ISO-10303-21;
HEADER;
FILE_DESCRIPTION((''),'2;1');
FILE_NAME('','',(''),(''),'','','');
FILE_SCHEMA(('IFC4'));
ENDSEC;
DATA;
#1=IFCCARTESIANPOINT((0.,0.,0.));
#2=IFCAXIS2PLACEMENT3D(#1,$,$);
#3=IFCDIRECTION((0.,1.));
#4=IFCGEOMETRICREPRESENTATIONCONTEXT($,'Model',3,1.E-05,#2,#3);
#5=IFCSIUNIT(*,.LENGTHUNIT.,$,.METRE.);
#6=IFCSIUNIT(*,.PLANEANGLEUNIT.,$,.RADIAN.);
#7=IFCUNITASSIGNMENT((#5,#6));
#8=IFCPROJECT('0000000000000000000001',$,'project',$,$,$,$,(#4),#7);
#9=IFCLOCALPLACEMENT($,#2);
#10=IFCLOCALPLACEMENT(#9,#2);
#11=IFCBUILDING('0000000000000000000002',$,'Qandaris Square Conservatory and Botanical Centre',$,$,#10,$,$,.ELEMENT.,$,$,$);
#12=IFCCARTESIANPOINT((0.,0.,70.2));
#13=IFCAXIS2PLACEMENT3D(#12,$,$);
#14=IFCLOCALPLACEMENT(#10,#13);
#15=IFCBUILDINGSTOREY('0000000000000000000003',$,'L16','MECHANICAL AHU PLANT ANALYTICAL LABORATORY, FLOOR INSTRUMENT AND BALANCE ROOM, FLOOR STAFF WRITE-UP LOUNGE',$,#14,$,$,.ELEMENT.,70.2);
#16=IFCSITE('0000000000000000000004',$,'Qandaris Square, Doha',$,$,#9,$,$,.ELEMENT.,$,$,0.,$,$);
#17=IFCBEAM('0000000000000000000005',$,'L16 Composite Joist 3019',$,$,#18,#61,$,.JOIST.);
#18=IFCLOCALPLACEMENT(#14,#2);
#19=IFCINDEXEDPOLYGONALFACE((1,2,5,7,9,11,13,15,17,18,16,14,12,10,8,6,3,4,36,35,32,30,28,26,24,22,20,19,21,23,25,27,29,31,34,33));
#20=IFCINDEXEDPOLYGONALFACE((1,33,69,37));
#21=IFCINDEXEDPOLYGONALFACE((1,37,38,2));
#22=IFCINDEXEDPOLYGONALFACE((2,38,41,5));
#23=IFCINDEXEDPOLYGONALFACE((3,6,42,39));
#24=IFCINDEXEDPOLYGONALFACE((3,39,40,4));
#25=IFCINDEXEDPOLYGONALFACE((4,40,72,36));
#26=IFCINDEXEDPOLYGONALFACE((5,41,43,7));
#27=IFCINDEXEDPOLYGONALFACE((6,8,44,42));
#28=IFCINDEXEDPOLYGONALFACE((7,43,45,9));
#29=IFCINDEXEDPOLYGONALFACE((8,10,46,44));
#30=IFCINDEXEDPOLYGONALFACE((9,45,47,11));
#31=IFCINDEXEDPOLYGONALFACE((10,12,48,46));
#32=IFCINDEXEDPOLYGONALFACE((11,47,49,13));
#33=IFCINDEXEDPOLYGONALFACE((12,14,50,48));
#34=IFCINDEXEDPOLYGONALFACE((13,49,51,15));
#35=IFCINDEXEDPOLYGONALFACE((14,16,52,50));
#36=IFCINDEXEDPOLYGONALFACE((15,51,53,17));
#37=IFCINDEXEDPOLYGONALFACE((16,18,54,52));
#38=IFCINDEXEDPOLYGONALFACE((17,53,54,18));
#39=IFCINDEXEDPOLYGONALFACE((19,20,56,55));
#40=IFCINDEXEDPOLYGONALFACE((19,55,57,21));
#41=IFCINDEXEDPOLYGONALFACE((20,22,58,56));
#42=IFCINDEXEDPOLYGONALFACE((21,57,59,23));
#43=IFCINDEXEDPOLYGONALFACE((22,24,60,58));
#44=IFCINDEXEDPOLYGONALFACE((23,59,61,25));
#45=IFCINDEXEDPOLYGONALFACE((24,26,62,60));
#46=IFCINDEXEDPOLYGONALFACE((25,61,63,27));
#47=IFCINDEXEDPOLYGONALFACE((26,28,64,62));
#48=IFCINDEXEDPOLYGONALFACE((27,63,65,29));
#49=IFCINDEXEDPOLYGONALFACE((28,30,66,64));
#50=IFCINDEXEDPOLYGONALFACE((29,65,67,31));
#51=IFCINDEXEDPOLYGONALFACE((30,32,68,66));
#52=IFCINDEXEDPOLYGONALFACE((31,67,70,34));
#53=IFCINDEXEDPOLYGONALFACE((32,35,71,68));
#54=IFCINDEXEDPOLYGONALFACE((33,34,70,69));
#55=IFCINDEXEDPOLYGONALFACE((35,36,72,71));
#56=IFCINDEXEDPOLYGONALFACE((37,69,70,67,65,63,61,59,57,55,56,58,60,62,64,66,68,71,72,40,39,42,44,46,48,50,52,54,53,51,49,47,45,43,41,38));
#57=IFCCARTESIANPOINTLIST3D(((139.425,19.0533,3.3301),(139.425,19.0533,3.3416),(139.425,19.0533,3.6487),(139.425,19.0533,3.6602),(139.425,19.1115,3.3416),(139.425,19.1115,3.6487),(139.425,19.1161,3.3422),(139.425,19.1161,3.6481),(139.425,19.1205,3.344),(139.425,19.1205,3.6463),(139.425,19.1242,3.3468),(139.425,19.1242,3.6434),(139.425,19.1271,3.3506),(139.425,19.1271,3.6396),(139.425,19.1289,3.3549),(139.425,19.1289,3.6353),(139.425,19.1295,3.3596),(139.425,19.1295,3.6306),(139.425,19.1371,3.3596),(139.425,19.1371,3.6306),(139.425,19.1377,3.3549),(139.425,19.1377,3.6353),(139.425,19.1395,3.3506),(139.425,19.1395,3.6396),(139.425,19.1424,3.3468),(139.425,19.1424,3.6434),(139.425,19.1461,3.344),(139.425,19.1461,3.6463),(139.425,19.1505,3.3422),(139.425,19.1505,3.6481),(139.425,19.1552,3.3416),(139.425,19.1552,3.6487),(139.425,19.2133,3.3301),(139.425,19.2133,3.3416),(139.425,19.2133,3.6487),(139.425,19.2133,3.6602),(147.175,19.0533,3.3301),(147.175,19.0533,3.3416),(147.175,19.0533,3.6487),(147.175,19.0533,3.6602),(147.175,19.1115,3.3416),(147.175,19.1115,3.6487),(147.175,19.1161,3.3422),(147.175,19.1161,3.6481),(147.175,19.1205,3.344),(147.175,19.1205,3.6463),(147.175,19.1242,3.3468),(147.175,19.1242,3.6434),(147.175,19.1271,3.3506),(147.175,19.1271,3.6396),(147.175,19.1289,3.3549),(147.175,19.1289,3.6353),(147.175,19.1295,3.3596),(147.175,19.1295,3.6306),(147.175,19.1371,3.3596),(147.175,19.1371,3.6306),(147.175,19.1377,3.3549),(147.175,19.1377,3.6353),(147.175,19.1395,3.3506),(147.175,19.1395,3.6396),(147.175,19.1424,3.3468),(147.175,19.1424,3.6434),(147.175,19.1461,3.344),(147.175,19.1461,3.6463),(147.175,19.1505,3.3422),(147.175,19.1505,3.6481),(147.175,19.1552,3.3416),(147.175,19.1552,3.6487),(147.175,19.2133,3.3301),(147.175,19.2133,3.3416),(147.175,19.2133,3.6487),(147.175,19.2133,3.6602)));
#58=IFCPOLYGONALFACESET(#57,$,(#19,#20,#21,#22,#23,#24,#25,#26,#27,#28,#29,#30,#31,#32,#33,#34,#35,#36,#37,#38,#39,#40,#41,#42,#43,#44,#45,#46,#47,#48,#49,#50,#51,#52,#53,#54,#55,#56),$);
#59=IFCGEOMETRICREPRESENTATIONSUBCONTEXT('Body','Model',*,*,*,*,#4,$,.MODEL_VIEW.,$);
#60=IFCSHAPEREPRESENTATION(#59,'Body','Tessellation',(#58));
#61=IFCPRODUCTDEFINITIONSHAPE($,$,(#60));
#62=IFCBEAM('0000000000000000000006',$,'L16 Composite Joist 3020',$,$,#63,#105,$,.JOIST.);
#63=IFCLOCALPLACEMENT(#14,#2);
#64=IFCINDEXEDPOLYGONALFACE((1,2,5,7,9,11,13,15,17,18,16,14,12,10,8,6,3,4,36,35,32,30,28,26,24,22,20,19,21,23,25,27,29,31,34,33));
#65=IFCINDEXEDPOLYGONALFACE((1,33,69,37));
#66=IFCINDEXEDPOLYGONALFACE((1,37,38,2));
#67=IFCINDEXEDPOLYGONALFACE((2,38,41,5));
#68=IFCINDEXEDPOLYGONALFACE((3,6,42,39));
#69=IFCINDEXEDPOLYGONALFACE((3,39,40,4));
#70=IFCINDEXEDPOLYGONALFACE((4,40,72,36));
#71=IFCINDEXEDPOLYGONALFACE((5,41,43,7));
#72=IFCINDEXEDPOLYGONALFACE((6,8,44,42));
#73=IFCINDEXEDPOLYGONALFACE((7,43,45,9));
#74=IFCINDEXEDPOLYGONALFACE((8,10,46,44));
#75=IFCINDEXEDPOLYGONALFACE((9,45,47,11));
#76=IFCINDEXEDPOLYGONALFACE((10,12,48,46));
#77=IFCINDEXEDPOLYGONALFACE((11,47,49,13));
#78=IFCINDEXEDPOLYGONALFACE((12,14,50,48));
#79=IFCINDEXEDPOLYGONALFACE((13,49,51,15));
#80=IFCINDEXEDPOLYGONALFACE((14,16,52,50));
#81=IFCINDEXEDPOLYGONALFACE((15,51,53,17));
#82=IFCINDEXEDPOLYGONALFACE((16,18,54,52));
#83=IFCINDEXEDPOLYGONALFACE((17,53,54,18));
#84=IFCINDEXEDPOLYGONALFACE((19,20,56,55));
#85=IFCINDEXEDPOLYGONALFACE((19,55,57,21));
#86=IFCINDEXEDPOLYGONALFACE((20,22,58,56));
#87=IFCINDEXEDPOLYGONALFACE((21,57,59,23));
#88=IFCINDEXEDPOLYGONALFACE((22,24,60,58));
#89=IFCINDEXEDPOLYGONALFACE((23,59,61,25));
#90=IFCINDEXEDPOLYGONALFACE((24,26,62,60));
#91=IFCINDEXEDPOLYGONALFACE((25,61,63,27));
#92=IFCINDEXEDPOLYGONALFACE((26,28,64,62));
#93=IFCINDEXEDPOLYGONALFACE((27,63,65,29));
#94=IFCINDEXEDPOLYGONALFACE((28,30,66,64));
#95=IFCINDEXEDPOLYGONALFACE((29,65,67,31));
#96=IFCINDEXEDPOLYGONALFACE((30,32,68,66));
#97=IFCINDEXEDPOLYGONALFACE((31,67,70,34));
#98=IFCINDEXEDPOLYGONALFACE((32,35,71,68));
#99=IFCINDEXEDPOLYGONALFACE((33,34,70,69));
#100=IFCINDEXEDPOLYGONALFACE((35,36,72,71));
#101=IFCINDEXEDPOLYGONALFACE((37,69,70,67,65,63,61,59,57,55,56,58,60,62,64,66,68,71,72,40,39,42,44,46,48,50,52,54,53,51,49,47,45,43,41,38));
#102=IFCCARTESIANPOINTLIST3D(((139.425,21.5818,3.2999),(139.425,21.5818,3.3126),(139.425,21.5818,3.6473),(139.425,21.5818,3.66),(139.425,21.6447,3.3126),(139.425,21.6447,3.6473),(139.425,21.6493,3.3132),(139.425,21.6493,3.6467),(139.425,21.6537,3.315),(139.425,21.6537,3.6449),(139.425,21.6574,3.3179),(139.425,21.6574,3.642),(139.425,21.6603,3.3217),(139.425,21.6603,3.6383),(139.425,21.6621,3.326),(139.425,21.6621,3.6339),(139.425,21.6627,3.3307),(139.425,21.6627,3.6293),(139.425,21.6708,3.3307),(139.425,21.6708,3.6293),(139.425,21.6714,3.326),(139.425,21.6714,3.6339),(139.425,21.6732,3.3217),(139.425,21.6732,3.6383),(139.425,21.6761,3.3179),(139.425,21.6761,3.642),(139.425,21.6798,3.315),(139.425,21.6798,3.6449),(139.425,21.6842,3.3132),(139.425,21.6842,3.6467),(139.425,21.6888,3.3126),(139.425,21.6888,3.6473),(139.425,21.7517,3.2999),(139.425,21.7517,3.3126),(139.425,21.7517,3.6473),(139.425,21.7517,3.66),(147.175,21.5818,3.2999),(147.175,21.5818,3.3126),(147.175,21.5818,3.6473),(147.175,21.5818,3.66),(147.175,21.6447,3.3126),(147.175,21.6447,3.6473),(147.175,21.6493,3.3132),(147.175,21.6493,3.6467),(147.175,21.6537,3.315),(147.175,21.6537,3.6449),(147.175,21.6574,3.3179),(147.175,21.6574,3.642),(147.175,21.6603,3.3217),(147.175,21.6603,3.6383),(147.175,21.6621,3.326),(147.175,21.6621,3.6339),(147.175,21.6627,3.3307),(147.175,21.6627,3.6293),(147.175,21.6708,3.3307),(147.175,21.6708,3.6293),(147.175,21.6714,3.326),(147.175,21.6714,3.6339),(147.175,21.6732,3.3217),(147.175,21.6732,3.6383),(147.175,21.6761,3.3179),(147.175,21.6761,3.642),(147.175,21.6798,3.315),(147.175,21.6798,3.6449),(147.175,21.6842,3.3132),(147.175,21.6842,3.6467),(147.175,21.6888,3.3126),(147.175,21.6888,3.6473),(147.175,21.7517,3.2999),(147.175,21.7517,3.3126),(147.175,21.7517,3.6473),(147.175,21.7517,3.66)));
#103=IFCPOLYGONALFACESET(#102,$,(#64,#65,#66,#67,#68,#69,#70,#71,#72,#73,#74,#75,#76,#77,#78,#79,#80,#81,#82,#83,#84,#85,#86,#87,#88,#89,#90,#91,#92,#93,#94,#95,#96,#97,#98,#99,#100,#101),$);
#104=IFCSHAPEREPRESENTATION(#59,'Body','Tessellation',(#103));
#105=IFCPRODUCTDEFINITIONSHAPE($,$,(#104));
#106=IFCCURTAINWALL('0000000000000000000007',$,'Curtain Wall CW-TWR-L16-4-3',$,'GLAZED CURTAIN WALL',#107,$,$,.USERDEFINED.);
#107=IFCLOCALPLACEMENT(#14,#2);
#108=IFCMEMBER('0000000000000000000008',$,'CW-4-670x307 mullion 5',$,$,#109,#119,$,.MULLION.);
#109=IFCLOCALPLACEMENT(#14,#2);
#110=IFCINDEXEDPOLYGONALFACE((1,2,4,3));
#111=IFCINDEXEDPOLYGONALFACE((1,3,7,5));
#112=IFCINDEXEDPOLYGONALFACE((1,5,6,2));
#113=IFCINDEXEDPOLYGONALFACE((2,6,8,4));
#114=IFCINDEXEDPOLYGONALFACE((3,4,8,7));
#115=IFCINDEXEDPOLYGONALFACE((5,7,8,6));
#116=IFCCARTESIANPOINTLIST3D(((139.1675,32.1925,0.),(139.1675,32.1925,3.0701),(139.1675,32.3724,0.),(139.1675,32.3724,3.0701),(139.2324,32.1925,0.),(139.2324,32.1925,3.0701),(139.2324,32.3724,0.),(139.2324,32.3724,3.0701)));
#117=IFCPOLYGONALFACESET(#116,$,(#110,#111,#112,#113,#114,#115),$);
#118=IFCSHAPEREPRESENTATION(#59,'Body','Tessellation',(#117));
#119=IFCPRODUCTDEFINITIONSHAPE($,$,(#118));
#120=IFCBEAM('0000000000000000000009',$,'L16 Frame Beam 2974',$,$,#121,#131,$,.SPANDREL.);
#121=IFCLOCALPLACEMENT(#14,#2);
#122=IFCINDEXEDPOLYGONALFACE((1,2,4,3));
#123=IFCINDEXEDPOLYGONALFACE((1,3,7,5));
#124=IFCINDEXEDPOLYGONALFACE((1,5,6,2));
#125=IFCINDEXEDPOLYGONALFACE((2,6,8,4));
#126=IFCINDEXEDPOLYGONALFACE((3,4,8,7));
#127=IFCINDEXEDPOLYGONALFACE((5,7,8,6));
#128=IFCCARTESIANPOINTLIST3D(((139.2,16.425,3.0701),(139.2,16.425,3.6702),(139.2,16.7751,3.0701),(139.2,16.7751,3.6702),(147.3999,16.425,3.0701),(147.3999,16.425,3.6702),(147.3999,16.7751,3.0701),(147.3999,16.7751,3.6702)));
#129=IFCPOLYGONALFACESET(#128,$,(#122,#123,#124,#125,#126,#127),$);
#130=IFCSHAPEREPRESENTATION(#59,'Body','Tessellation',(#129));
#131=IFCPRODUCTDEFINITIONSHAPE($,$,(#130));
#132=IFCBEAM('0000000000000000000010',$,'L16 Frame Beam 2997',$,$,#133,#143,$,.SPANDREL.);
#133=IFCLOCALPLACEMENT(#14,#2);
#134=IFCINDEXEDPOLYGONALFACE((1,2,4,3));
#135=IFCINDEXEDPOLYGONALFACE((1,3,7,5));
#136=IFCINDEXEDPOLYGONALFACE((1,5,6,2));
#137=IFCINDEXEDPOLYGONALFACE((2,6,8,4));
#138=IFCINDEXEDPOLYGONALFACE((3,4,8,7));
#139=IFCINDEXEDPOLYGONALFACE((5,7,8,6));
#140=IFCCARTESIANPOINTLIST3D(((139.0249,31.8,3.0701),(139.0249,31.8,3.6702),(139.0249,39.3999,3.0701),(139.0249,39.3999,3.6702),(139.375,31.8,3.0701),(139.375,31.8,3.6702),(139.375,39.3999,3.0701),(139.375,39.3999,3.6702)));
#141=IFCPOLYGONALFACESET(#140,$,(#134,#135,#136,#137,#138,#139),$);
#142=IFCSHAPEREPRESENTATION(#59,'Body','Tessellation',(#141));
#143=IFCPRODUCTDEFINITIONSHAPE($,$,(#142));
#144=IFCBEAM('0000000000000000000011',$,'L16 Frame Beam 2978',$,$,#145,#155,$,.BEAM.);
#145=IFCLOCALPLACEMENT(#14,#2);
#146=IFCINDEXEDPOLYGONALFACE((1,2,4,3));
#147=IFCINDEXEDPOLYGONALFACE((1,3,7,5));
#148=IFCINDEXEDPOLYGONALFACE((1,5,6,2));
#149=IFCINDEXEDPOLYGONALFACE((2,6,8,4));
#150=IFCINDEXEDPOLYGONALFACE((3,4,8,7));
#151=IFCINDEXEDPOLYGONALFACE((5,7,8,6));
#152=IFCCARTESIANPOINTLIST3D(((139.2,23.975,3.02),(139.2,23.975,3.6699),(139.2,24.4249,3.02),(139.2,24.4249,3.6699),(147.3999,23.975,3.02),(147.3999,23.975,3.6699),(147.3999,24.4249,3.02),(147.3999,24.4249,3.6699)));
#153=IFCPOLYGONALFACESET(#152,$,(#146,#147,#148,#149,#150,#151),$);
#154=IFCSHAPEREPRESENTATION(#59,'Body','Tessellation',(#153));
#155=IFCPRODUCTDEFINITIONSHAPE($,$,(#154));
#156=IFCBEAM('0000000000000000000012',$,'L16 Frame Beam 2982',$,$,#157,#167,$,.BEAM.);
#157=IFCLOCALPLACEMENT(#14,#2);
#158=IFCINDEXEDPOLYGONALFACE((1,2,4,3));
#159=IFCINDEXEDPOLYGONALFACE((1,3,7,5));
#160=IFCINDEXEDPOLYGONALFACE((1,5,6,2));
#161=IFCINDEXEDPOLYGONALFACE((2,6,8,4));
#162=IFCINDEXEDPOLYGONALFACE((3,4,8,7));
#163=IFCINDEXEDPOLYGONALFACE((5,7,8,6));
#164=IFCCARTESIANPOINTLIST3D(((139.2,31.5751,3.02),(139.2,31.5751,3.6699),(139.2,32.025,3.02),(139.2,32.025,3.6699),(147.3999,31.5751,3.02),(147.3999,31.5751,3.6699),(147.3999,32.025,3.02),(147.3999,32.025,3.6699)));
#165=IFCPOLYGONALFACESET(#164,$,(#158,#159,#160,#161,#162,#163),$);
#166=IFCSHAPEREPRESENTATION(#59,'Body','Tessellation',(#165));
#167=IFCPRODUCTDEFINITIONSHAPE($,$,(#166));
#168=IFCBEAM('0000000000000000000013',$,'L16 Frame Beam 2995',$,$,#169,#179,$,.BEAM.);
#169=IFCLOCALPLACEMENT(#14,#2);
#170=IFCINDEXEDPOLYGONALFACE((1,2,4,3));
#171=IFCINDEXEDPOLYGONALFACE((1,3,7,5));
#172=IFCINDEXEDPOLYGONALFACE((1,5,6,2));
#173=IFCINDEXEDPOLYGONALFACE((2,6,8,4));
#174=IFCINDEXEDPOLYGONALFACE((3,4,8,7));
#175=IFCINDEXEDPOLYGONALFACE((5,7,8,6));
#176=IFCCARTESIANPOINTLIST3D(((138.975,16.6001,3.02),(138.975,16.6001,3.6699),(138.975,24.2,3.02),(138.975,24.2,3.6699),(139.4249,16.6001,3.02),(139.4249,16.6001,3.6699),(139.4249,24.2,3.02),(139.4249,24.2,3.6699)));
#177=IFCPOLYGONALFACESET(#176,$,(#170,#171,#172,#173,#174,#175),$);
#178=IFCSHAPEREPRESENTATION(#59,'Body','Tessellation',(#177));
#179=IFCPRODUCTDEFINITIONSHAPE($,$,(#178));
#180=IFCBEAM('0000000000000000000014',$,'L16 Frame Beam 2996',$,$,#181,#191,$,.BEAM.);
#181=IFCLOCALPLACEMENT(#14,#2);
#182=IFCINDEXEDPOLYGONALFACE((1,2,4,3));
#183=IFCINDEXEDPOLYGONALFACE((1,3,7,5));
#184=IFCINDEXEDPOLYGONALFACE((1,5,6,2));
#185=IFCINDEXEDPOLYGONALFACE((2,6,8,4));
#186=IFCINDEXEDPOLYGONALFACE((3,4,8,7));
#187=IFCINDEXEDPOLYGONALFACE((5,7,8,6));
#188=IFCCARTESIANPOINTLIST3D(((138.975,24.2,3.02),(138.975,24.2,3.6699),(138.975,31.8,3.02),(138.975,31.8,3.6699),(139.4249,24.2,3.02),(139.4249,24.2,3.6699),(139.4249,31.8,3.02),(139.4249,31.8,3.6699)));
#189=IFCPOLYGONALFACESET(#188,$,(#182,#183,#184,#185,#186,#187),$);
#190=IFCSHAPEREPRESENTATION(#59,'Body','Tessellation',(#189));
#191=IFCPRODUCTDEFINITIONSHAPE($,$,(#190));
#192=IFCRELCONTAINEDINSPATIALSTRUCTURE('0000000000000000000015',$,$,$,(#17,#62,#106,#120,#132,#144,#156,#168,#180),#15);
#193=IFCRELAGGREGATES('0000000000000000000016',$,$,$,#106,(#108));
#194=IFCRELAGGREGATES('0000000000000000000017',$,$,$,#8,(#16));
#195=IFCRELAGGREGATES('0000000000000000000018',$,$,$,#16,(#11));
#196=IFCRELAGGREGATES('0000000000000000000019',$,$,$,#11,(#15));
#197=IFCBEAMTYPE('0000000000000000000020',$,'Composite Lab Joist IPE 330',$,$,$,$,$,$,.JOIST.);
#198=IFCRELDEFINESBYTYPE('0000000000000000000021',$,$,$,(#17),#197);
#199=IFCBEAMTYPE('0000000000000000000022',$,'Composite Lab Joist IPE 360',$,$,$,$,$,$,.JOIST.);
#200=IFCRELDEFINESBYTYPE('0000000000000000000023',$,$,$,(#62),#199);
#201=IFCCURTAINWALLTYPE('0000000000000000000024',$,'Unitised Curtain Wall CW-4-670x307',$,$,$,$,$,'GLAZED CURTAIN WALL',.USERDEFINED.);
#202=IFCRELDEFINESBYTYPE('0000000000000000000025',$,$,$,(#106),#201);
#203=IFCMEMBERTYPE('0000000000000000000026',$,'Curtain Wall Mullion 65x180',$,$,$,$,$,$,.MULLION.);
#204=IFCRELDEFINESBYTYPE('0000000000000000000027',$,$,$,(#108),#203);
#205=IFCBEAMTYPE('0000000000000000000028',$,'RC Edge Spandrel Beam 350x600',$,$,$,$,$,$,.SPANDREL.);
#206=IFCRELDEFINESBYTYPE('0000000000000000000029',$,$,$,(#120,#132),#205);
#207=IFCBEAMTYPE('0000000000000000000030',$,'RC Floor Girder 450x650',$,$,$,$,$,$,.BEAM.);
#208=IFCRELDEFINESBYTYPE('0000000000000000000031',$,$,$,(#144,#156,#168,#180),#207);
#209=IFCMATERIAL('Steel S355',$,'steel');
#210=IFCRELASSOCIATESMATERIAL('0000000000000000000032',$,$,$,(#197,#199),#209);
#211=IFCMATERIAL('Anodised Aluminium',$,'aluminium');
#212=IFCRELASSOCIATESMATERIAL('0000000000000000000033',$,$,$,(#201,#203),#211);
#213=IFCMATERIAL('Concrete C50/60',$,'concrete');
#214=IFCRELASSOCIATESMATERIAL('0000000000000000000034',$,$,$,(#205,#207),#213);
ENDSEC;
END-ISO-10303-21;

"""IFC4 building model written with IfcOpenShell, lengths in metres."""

from ifc_helpers import new_model, si_unit, direction, frame, origin, origin_2d, place, context, subcontext, project, spatial, rectangle, i_section, extrude, material, material_profile, profile_set, type_object, element, aggregate, save


model = new_model("IFC4")

# Units and contexts
model_context = context("Model", 3, precision=1e-05, world=origin(), true_north=direction((0.0, 1.0)))
body_context = subcontext(model_context, "Body", "Model", "MODEL_VIEW")
ifc_project = project(units=[si_unit("LENGTHUNIT", "METRE"), si_unit("PLANEANGLEUNIT", "RADIAN")], contexts=[model_context])

# Site, building, storey
site_placement = place(None, origin())
site = spatial("IfcSite", under=ifc_project, at=site_placement, Name="Qandaris Square, Doha", CompositionType="ELEMENT", RefElevation=0.0)
building_placement = place(site_placement, origin())
building = spatial("IfcBuilding", under=site, at=building_placement, Name="Qandaris Square Conservatory and Botanical Centre", CompositionType="ELEMENT")
storey_placement = place(building_placement, frame((0.0, 0.0, 70.2)))
storey = spatial("IfcBuildingStorey", under=building, at=storey_placement, Name="L16", Description="MECHANICAL AHU PLANT ANALYTICAL LABORATORY, FLOOR INSTRUMENT AND BALANCE ROOM, FLOOR STAFF WRITE-UP LOUNGE", CompositionType="ELEMENT", Elevation=70.2)

# Beams
ifc_material_1 = material(Name="Steel S355", Category="steel")
ifc_material_profile_1 = material_profile(ifc_material_1, i_section(OverallWidth=0.1599, OverallDepth=0.3301, WebThickness=0.0076, FlangeThickness=0.0115, FilletRadius=0.0181, at=origin_2d()), Name="IPE 330")
ifc_profile_set_1 = profile_set([ifc_material_profile_1], Name="Steel S355")
beam_type_1 = type_object("IfcBeamType", Name="Composite Lab Joist IPE 330", PredefinedType="JOIST", material=ifc_profile_set_1)
beam_1_placement = place(storey_placement, frame((139.425, 19.1333, 3.4951), z_axis=(1.0, 0.0, 0.0), x_axis=(0.0, 1.0, 0.0)))
element("IfcBeam", 1, at=beam_1_placement, inside=storey, type_object=beam_type_1, Name="L16 Composite Joist 3019", PredefinedType="JOIST", context=body_context, shape_type="SweptSolid", body=[
    extrude(i_section(OverallWidth=0.1599, OverallDepth=0.3301, WebThickness=0.0076, FlangeThickness=0.0115, FilletRadius=0.0181, at=origin_2d()), origin(), (0.0, 0.0, 1.0), 7.75),
])
ifc_material_profile_2 = material_profile(ifc_material_1, i_section(OverallWidth=0.1699, OverallDepth=0.3601, WebThickness=0.0081, FlangeThickness=0.0127, FilletRadius=0.0181, at=origin_2d()), Name="IPE 360")
ifc_profile_set_2 = profile_set([ifc_material_profile_2], Name="Steel S355")
beam_type_2 = type_object("IfcBeamType", Name="Composite Lab Joist IPE 360", PredefinedType="JOIST", material=ifc_profile_set_2)
beam_2_placement = place(storey_placement, frame((139.425, 21.6667, 3.48), z_axis=(1.0, 0.0, 0.0), x_axis=(0.0, 1.0, 0.0)))
element("IfcBeam", 2, at=beam_2_placement, inside=storey, type_object=beam_type_2, Name="L16 Composite Joist 3020", PredefinedType="JOIST", context=body_context, shape_type="SweptSolid", body=[
    extrude(i_section(OverallWidth=0.1699, OverallDepth=0.3601, WebThickness=0.0081, FlangeThickness=0.0127, FilletRadius=0.0181, at=origin_2d()), origin(), (0.0, 0.0, 1.0), 7.75),
])

# Curtain wall, member
ifc_material_2 = material(Name="Anodised Aluminium", Category="aluminium")
curtain_wall_type = type_object("IfcCurtainWallType", Name="Unitised Curtain Wall CW-4-670x307", ElementType="GLAZED CURTAIN WALL", PredefinedType="USERDEFINED", material=ifc_material_2)
curtain_wall_placement = place(storey_placement, origin())
curtain_wall = element("IfcCurtainWall", 3, at=curtain_wall_placement, inside=storey, type_object=curtain_wall_type, Name="Curtain Wall CW-TWR-L16-4-3", ObjectType="GLAZED CURTAIN WALL", PredefinedType="USERDEFINED")
ifc_material_profile_3 = material_profile(ifc_material_2, rectangle(XDim=0.0649, YDim=0.1799, at=origin_2d()), Name="ALU-MUL 65x180")
ifc_profile_set_3 = profile_set([ifc_material_profile_3], Name="Anodised Aluminium")
member_type = type_object("IfcMemberType", Name="Curtain Wall Mullion 65x180", PredefinedType="MULLION", material=ifc_profile_set_3)
member_placement = place(storey_placement, frame((139.2, 32.2825, 0.0), z_axis=(0.0, 0.0, 1.0), x_axis=(1.0, 0.0, 0.0)))
member = element("IfcMember", 4, at=member_placement, type_object=member_type, Name="CW-4-670x307 mullion 5", PredefinedType="MULLION", context=body_context, shape_type="SweptSolid", body=[
    extrude(rectangle(XDim=0.0649, YDim=0.1799, at=origin_2d()), origin(), (0.0, 0.0, 1.0), 3.0701),
])
aggregate(curtain_wall, [member])

# Beams
ifc_material_3 = material(Name="Concrete C50/60", Category="concrete")
ifc_material_profile_4 = material_profile(ifc_material_3, rectangle(XDim=0.3501, YDim=0.6001, at=origin_2d()), Name="RC-SP 350x600")
ifc_profile_set_4 = profile_set([ifc_material_profile_4], Name="Concrete C50/60")
beam_type_3 = type_object("IfcBeamType", Name="RC Edge Spandrel Beam 350x600", PredefinedType="SPANDREL", material=ifc_profile_set_4)
beam_3_placement = place(storey_placement, frame((139.2, 16.6001, 3.3701), z_axis=(1.0, 0.0, 0.0), x_axis=(0.0, 1.0, 0.0)))
element("IfcBeam", 5, at=beam_3_placement, inside=storey, type_object=beam_type_3, Name="L16 Frame Beam 2974", PredefinedType="SPANDREL", context=body_context, shape_type="SweptSolid", body=[
    extrude(rectangle(XDim=0.3501, YDim=0.6001, at=origin_2d()), origin(), (0.0, 0.0, 1.0), 8.2),
])
beam_4_placement = place(storey_placement, frame((139.2, 31.8, 3.3701), z_axis=(0.0, 1.0, 0.0), x_axis=(-1.0, 0.0, 0.0)))
element("IfcBeam", 6, at=beam_4_placement, inside=storey, type_object=beam_type_3, Name="L16 Frame Beam 2997", PredefinedType="SPANDREL", context=body_context, shape_type="SweptSolid", body=[
    extrude(rectangle(XDim=0.3501, YDim=0.6001, at=origin_2d()), origin(), (0.0, 0.0, 1.0), 7.5999),
])
ifc_material_profile_5 = material_profile(ifc_material_3, rectangle(XDim=0.45, YDim=0.6499, at=origin_2d()), Name="RC-BM 450x650")
ifc_profile_set_5 = profile_set([ifc_material_profile_5], Name="Concrete C50/60")
beam_type_4 = type_object("IfcBeamType", Name="RC Floor Girder 450x650", PredefinedType="BEAM", material=ifc_profile_set_5)
for number, where, z_axis, x_axis, name in (
    (7, (139.2, 24.2, 3.345), (1.0, 0.0, 0.0), (0.0, 1.0, 0.0), "L16 Frame Beam 2978"),
    (8, (139.2, 31.8, 3.345), (1.0, 0.0, 0.0), (0.0, 1.0, 0.0), "L16 Frame Beam 2982"),
):
    element("IfcBeam", number, at=place(storey_placement, frame(where, z_axis=z_axis, x_axis=x_axis)), inside=storey, type_object=beam_type_4, Name=name, PredefinedType="BEAM", context=body_context, shape_type="SweptSolid", body=[
        extrude(rectangle(XDim=0.45, YDim=0.6499, at=origin_2d()), origin(), (0.0, 0.0, 1.0), 8.2),
    ])
beam_5_placement = place(storey_placement, frame((139.2, 16.6001, 3.345), z_axis=(0.0, 1.0, 0.0), x_axis=(-1.0, 0.0, 0.0)))
element("IfcBeam", 9, at=beam_5_placement, inside=storey, type_object=beam_type_4, Name="L16 Frame Beam 2995", PredefinedType="BEAM", context=body_context, shape_type="SweptSolid", body=[
    extrude(rectangle(XDim=0.45, YDim=0.6499, at=origin_2d()), origin(), (0.0, 0.0, 1.0), 7.5999),
])
beam_6_placement = place(storey_placement, frame((139.2, 24.2, 3.345), z_axis=(0.0, 1.0, 0.0), x_axis=(-1.0, 0.0, 0.0)))
element("IfcBeam", 10, at=beam_6_placement, inside=storey, type_object=beam_type_4, Name="L16 Frame Beam 2996", PredefinedType="BEAM", context=body_context, shape_type="SweptSolid", body=[
    extrude(rectangle(XDim=0.45, YDim=0.6499, at=origin_2d()), origin(), (0.0, 0.0, 1.0), 7.6001),
])

save(model, "model.ifc")
